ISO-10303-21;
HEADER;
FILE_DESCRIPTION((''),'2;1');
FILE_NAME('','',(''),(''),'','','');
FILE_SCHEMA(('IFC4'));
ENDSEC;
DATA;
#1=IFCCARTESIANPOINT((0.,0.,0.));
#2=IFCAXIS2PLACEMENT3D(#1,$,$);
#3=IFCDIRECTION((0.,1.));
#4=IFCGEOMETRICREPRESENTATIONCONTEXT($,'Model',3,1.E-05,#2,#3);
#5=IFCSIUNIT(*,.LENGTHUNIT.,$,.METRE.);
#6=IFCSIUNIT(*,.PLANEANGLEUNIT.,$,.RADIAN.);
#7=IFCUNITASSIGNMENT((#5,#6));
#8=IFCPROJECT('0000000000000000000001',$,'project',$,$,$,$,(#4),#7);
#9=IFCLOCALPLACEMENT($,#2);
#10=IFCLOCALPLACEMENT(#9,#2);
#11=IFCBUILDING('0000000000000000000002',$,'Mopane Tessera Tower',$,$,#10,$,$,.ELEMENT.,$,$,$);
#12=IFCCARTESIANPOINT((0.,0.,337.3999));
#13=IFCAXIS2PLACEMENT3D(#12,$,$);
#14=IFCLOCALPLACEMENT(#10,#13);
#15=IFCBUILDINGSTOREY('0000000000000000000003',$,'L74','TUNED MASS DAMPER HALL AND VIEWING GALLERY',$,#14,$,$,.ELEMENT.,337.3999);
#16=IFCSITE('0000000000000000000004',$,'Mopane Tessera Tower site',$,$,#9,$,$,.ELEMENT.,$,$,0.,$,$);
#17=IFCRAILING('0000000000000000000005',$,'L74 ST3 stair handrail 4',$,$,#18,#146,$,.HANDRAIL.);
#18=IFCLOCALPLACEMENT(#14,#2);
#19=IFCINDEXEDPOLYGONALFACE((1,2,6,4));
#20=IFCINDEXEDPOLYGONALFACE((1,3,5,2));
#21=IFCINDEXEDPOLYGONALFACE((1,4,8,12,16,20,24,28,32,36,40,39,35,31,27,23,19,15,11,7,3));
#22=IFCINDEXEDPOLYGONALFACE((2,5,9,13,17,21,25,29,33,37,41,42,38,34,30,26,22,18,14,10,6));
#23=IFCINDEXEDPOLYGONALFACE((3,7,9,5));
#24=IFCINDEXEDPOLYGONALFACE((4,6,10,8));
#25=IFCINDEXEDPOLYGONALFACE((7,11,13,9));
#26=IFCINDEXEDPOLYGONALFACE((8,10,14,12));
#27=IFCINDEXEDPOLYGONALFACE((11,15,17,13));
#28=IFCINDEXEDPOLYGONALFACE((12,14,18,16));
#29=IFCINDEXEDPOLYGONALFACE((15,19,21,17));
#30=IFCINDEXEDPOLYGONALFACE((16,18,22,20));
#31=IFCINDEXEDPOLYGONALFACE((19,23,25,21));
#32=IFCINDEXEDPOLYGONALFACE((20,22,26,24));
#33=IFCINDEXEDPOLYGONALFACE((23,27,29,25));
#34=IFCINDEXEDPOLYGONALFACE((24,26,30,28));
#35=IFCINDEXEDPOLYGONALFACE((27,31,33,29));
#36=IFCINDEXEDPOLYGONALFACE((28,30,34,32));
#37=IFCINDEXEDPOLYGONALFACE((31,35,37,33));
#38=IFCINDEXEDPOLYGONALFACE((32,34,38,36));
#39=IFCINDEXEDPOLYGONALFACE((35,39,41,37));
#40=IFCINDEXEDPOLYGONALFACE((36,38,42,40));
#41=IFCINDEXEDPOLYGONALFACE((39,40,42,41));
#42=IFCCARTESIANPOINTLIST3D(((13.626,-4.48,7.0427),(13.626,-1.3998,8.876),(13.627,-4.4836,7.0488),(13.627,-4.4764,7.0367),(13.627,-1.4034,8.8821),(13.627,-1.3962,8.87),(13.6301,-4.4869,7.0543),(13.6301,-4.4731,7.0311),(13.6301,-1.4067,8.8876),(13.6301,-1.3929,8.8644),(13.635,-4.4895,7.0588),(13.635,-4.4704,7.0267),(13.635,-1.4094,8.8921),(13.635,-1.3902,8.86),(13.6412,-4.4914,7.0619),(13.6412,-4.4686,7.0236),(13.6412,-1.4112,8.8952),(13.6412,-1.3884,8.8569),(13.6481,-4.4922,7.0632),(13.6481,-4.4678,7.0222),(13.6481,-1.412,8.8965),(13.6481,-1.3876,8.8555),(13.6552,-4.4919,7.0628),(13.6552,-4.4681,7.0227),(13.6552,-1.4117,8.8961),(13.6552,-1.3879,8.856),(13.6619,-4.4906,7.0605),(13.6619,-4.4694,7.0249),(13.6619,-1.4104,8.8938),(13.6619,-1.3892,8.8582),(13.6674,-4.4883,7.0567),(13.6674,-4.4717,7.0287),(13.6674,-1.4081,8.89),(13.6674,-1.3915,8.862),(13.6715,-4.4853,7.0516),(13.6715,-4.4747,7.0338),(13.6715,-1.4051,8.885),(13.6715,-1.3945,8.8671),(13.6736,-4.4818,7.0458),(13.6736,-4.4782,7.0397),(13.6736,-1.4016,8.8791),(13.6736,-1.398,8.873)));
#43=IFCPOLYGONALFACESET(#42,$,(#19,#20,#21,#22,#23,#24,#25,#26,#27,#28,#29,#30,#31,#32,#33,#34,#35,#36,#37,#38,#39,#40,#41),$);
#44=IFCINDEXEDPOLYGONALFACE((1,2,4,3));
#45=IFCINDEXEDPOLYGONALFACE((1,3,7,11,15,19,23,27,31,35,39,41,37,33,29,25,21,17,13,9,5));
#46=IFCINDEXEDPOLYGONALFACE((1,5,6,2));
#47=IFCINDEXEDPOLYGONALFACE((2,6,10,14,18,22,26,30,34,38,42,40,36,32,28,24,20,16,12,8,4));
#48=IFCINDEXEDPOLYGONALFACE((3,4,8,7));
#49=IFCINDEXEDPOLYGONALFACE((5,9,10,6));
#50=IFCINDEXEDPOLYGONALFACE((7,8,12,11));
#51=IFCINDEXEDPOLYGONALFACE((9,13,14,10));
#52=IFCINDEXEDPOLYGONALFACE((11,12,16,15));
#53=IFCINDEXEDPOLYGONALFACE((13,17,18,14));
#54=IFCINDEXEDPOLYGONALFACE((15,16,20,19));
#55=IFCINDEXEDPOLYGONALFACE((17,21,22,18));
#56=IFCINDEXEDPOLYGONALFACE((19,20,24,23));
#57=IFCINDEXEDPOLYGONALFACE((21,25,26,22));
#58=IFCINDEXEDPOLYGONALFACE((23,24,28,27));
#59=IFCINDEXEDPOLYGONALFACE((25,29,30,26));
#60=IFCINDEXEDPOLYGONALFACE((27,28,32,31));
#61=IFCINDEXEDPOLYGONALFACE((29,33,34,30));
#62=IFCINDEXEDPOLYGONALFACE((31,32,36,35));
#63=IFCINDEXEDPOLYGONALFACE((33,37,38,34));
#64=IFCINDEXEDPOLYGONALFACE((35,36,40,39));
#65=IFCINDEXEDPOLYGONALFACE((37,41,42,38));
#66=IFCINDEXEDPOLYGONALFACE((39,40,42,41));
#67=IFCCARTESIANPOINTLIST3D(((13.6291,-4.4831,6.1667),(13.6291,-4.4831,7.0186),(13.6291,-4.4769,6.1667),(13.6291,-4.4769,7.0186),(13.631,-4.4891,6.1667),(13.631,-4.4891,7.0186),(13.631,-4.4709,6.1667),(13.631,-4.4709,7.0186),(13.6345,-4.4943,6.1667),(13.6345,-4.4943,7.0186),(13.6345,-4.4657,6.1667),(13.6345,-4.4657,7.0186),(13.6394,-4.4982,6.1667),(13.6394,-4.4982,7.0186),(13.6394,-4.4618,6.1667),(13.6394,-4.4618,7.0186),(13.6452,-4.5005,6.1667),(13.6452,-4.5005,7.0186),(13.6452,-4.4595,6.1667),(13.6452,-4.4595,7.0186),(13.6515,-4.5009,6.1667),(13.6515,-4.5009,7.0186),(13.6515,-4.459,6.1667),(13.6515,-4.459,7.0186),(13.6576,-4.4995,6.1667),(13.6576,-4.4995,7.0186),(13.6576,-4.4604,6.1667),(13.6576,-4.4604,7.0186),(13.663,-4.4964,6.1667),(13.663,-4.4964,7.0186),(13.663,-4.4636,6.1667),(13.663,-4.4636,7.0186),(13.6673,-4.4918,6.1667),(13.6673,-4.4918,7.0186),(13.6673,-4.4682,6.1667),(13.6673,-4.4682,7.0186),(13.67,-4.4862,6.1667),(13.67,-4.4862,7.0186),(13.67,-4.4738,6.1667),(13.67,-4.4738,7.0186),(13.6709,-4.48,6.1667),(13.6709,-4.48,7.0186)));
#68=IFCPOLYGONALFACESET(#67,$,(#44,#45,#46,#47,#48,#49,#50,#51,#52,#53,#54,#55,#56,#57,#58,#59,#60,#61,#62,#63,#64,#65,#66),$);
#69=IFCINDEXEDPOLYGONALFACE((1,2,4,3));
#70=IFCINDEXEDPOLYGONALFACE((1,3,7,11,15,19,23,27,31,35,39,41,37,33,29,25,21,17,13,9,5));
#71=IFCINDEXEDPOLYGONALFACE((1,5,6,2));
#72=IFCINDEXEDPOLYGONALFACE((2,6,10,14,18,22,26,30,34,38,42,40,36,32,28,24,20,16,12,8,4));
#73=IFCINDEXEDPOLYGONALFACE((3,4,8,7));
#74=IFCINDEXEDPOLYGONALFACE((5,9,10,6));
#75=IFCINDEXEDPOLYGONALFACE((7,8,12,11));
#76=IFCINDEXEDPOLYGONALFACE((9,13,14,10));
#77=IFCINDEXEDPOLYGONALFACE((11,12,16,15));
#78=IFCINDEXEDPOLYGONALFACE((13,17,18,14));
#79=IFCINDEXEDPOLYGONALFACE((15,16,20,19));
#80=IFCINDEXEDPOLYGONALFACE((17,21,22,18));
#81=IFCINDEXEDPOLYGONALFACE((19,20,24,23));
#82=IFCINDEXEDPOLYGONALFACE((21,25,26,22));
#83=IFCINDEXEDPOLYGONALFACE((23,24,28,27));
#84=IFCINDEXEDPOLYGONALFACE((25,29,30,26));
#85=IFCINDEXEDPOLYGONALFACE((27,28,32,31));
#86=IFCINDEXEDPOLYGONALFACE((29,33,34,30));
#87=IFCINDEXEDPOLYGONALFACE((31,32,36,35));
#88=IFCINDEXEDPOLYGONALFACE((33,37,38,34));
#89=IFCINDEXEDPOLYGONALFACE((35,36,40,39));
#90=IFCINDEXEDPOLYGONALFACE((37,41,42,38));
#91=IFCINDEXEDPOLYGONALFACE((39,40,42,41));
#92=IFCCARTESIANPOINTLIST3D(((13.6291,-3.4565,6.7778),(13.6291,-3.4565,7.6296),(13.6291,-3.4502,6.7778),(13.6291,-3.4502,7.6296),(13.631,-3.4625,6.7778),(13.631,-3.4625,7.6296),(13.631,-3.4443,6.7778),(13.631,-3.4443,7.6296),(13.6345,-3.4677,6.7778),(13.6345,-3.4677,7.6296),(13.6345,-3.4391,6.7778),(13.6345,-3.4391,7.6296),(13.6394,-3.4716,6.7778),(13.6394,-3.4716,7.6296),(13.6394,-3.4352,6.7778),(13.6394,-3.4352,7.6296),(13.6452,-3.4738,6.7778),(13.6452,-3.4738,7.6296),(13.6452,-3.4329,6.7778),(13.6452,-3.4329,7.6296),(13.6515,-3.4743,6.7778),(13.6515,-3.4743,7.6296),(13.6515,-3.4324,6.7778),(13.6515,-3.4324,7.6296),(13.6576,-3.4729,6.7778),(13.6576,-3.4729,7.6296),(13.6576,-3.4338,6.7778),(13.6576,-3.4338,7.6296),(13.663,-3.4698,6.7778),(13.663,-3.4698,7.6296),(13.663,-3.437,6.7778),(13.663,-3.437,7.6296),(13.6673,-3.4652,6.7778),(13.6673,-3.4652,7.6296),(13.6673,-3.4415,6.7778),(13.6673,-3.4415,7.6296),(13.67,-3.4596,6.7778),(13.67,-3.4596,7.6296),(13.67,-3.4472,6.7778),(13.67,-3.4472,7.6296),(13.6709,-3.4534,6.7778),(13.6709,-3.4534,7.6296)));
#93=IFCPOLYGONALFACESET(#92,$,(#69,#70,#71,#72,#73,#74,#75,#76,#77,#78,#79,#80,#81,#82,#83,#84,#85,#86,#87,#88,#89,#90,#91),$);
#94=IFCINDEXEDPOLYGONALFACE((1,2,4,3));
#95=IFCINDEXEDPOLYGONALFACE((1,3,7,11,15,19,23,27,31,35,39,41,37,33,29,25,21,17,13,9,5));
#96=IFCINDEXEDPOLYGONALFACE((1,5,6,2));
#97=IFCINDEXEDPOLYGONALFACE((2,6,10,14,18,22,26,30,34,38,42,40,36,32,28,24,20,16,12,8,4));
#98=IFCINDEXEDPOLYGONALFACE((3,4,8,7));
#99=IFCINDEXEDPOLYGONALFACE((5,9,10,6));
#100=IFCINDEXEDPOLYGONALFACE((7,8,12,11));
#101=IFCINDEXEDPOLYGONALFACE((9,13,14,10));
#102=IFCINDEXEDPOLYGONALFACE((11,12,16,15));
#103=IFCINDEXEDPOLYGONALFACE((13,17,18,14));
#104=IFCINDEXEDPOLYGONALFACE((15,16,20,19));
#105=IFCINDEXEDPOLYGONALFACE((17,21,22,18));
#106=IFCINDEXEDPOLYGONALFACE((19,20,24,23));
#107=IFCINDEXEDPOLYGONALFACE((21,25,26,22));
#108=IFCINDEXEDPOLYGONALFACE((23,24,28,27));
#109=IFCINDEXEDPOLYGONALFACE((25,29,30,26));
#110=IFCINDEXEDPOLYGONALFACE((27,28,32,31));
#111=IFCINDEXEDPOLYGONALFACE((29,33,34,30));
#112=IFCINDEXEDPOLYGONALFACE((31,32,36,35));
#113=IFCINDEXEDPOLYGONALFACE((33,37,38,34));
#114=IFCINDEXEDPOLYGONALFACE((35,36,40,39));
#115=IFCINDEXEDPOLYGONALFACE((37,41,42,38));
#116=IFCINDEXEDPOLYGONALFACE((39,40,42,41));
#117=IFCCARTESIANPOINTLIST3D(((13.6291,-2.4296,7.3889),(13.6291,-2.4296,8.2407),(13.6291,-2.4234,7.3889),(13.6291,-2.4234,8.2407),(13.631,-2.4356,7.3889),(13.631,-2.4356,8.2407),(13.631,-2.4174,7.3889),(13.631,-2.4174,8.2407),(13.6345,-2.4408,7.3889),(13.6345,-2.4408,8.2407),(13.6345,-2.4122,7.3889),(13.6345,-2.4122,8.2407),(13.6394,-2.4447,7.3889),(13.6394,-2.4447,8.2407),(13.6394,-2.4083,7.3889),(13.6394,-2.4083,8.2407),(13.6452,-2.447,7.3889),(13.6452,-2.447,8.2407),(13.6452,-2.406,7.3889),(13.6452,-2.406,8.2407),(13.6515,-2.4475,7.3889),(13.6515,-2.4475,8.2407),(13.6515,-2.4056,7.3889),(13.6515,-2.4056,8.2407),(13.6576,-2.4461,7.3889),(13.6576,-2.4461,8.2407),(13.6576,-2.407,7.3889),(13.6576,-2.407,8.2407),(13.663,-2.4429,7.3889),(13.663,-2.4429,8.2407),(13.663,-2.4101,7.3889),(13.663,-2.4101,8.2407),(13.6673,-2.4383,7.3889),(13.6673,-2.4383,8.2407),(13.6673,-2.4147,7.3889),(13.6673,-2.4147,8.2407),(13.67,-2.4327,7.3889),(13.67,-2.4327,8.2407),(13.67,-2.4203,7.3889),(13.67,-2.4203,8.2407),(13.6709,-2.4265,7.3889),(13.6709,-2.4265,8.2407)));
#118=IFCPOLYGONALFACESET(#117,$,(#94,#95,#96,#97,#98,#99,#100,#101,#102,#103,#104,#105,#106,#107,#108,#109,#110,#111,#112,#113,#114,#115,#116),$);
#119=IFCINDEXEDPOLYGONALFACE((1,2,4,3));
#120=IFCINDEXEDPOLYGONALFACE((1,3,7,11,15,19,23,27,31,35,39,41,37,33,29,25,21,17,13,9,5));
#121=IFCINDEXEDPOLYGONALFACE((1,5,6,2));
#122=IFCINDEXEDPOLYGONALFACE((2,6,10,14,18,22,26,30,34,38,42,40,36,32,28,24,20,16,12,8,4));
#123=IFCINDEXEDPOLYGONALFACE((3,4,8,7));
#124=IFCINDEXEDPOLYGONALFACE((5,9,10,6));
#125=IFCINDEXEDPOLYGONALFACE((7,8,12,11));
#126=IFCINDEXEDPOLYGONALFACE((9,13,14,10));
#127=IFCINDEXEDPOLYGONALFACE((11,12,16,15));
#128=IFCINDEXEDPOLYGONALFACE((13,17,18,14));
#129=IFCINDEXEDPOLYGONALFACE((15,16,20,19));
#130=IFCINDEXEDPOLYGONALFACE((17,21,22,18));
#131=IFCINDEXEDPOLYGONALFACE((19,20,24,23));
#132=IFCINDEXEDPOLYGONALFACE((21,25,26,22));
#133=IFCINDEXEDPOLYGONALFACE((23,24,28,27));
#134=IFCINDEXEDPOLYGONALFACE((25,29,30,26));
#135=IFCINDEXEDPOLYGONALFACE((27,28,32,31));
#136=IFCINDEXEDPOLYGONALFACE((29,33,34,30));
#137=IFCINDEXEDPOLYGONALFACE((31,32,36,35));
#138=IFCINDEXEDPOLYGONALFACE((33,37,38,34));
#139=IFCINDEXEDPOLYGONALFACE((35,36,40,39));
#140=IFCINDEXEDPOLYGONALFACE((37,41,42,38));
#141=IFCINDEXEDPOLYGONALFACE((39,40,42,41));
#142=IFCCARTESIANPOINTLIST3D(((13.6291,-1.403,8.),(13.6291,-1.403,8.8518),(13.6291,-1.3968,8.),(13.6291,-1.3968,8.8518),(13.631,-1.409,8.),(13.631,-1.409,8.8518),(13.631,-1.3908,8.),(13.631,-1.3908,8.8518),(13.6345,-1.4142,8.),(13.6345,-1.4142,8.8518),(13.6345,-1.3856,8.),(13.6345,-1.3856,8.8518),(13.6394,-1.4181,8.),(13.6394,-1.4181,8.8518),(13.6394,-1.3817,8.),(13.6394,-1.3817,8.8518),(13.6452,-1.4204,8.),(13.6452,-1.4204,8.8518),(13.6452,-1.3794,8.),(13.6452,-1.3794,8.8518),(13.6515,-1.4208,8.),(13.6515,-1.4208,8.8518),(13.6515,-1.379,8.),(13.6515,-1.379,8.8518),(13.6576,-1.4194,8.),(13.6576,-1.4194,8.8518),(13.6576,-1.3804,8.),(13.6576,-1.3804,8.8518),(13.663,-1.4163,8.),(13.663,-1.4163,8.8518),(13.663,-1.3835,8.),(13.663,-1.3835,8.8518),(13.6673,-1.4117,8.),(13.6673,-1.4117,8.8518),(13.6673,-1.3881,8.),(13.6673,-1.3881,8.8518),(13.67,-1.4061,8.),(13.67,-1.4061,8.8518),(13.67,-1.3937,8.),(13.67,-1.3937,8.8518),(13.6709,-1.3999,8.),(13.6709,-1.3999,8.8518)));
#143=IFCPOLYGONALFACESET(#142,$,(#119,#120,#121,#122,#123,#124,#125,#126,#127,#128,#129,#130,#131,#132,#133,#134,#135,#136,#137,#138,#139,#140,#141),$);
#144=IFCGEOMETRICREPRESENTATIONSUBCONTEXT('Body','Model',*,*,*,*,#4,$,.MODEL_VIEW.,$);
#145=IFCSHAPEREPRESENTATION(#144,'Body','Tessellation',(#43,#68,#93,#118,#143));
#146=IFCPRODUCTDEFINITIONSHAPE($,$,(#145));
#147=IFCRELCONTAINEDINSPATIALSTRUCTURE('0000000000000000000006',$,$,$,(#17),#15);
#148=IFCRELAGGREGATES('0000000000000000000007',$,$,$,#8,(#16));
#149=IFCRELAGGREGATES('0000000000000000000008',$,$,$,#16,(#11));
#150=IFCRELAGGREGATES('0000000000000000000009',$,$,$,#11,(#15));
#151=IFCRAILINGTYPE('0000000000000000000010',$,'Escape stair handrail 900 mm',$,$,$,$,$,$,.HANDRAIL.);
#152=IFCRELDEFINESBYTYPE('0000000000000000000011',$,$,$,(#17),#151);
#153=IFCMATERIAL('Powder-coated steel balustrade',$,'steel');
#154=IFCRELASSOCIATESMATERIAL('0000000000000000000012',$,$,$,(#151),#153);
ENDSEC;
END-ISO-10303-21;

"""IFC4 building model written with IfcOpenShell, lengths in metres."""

from ifc_helpers import new_model, si_unit, direction, frame, origin, origin_2d, place, context, subcontext, project, spatial, circle, extrude, material, type_object, element, save


model = new_model("IFC4")

# Units and contexts
model_context = context("Model", 3, precision=1e-05, world=origin(), true_north=direction((0.0, 1.0)))
body_context = subcontext(model_context, "Body", "Model", "MODEL_VIEW")
ifc_project = project(units=[si_unit("LENGTHUNIT", "METRE"), si_unit("PLANEANGLEUNIT", "RADIAN")], contexts=[model_context])

# Site, building, storey
site_placement = place(None, origin())
site = spatial("IfcSite", under=ifc_project, at=site_placement, Name="Mopane Tessera Tower site", CompositionType="ELEMENT", RefElevation=0.0)
building_placement = place(site_placement, origin())
building = spatial("IfcBuilding", under=site, at=building_placement, Name="Mopane Tessera Tower", CompositionType="ELEMENT")
storey_placement = place(building_placement, frame((0.0, 0.0, 337.3999)))
storey = spatial("IfcBuildingStorey", under=building, at=storey_placement, Name="L74", Description="TUNED MASS DAMPER HALL AND VIEWING GALLERY", CompositionType="ELEMENT", Elevation=337.3999)

# Railing
ifc_material_1 = material(Name="Powder-coated steel balustrade", Category="steel")
railing_type_1 = type_object("IfcRailingType", Name="Escape stair handrail 900 mm", PredefinedType="HANDRAIL", material=ifc_material_1)
for number, where, name in (
    (1, (13.6499, -4.48, 6.1667), "L74 ST3 stair handrail 4"),
):
    element("IfcRailing", number, at=place(storey_placement, frame(where)), inside=storey, type_object=railing_type_1, Name=name, PredefinedType="HANDRAIL", context=body_context, shape_type="SweptSolid", body=[
        extrude(circle(Radius=0.0239, at=origin_2d()), frame((0.0, 0.0, 0.876), z_axis=(0.0, 0.859309, 0.511458), x_axis=(-1.0, 0.0, 0.0)), (0.0, 0.0, 1.0), 3.5845),
        extrude(circle(Radius=0.021, at=origin_2d()), origin(), (0.0, 0.0, 1.0), 0.8518),
        extrude(circle(Radius=0.021, at=origin_2d()), frame((0.0, 1.0266, 0.6111)), (0.0, 0.0, 1.0), 0.8518),
        extrude(circle(Radius=0.021, at=origin_2d()), frame((0.0, 2.0535, 1.2222)), (0.0, 0.0, 1.0), 0.8518),
        extrude(circle(Radius=0.021, at=origin_2d()), frame((0.0, 3.0801, 1.8333)), (0.0, 0.0, 1.0), 0.8518),
    ])

save(model, "model.ifc")
